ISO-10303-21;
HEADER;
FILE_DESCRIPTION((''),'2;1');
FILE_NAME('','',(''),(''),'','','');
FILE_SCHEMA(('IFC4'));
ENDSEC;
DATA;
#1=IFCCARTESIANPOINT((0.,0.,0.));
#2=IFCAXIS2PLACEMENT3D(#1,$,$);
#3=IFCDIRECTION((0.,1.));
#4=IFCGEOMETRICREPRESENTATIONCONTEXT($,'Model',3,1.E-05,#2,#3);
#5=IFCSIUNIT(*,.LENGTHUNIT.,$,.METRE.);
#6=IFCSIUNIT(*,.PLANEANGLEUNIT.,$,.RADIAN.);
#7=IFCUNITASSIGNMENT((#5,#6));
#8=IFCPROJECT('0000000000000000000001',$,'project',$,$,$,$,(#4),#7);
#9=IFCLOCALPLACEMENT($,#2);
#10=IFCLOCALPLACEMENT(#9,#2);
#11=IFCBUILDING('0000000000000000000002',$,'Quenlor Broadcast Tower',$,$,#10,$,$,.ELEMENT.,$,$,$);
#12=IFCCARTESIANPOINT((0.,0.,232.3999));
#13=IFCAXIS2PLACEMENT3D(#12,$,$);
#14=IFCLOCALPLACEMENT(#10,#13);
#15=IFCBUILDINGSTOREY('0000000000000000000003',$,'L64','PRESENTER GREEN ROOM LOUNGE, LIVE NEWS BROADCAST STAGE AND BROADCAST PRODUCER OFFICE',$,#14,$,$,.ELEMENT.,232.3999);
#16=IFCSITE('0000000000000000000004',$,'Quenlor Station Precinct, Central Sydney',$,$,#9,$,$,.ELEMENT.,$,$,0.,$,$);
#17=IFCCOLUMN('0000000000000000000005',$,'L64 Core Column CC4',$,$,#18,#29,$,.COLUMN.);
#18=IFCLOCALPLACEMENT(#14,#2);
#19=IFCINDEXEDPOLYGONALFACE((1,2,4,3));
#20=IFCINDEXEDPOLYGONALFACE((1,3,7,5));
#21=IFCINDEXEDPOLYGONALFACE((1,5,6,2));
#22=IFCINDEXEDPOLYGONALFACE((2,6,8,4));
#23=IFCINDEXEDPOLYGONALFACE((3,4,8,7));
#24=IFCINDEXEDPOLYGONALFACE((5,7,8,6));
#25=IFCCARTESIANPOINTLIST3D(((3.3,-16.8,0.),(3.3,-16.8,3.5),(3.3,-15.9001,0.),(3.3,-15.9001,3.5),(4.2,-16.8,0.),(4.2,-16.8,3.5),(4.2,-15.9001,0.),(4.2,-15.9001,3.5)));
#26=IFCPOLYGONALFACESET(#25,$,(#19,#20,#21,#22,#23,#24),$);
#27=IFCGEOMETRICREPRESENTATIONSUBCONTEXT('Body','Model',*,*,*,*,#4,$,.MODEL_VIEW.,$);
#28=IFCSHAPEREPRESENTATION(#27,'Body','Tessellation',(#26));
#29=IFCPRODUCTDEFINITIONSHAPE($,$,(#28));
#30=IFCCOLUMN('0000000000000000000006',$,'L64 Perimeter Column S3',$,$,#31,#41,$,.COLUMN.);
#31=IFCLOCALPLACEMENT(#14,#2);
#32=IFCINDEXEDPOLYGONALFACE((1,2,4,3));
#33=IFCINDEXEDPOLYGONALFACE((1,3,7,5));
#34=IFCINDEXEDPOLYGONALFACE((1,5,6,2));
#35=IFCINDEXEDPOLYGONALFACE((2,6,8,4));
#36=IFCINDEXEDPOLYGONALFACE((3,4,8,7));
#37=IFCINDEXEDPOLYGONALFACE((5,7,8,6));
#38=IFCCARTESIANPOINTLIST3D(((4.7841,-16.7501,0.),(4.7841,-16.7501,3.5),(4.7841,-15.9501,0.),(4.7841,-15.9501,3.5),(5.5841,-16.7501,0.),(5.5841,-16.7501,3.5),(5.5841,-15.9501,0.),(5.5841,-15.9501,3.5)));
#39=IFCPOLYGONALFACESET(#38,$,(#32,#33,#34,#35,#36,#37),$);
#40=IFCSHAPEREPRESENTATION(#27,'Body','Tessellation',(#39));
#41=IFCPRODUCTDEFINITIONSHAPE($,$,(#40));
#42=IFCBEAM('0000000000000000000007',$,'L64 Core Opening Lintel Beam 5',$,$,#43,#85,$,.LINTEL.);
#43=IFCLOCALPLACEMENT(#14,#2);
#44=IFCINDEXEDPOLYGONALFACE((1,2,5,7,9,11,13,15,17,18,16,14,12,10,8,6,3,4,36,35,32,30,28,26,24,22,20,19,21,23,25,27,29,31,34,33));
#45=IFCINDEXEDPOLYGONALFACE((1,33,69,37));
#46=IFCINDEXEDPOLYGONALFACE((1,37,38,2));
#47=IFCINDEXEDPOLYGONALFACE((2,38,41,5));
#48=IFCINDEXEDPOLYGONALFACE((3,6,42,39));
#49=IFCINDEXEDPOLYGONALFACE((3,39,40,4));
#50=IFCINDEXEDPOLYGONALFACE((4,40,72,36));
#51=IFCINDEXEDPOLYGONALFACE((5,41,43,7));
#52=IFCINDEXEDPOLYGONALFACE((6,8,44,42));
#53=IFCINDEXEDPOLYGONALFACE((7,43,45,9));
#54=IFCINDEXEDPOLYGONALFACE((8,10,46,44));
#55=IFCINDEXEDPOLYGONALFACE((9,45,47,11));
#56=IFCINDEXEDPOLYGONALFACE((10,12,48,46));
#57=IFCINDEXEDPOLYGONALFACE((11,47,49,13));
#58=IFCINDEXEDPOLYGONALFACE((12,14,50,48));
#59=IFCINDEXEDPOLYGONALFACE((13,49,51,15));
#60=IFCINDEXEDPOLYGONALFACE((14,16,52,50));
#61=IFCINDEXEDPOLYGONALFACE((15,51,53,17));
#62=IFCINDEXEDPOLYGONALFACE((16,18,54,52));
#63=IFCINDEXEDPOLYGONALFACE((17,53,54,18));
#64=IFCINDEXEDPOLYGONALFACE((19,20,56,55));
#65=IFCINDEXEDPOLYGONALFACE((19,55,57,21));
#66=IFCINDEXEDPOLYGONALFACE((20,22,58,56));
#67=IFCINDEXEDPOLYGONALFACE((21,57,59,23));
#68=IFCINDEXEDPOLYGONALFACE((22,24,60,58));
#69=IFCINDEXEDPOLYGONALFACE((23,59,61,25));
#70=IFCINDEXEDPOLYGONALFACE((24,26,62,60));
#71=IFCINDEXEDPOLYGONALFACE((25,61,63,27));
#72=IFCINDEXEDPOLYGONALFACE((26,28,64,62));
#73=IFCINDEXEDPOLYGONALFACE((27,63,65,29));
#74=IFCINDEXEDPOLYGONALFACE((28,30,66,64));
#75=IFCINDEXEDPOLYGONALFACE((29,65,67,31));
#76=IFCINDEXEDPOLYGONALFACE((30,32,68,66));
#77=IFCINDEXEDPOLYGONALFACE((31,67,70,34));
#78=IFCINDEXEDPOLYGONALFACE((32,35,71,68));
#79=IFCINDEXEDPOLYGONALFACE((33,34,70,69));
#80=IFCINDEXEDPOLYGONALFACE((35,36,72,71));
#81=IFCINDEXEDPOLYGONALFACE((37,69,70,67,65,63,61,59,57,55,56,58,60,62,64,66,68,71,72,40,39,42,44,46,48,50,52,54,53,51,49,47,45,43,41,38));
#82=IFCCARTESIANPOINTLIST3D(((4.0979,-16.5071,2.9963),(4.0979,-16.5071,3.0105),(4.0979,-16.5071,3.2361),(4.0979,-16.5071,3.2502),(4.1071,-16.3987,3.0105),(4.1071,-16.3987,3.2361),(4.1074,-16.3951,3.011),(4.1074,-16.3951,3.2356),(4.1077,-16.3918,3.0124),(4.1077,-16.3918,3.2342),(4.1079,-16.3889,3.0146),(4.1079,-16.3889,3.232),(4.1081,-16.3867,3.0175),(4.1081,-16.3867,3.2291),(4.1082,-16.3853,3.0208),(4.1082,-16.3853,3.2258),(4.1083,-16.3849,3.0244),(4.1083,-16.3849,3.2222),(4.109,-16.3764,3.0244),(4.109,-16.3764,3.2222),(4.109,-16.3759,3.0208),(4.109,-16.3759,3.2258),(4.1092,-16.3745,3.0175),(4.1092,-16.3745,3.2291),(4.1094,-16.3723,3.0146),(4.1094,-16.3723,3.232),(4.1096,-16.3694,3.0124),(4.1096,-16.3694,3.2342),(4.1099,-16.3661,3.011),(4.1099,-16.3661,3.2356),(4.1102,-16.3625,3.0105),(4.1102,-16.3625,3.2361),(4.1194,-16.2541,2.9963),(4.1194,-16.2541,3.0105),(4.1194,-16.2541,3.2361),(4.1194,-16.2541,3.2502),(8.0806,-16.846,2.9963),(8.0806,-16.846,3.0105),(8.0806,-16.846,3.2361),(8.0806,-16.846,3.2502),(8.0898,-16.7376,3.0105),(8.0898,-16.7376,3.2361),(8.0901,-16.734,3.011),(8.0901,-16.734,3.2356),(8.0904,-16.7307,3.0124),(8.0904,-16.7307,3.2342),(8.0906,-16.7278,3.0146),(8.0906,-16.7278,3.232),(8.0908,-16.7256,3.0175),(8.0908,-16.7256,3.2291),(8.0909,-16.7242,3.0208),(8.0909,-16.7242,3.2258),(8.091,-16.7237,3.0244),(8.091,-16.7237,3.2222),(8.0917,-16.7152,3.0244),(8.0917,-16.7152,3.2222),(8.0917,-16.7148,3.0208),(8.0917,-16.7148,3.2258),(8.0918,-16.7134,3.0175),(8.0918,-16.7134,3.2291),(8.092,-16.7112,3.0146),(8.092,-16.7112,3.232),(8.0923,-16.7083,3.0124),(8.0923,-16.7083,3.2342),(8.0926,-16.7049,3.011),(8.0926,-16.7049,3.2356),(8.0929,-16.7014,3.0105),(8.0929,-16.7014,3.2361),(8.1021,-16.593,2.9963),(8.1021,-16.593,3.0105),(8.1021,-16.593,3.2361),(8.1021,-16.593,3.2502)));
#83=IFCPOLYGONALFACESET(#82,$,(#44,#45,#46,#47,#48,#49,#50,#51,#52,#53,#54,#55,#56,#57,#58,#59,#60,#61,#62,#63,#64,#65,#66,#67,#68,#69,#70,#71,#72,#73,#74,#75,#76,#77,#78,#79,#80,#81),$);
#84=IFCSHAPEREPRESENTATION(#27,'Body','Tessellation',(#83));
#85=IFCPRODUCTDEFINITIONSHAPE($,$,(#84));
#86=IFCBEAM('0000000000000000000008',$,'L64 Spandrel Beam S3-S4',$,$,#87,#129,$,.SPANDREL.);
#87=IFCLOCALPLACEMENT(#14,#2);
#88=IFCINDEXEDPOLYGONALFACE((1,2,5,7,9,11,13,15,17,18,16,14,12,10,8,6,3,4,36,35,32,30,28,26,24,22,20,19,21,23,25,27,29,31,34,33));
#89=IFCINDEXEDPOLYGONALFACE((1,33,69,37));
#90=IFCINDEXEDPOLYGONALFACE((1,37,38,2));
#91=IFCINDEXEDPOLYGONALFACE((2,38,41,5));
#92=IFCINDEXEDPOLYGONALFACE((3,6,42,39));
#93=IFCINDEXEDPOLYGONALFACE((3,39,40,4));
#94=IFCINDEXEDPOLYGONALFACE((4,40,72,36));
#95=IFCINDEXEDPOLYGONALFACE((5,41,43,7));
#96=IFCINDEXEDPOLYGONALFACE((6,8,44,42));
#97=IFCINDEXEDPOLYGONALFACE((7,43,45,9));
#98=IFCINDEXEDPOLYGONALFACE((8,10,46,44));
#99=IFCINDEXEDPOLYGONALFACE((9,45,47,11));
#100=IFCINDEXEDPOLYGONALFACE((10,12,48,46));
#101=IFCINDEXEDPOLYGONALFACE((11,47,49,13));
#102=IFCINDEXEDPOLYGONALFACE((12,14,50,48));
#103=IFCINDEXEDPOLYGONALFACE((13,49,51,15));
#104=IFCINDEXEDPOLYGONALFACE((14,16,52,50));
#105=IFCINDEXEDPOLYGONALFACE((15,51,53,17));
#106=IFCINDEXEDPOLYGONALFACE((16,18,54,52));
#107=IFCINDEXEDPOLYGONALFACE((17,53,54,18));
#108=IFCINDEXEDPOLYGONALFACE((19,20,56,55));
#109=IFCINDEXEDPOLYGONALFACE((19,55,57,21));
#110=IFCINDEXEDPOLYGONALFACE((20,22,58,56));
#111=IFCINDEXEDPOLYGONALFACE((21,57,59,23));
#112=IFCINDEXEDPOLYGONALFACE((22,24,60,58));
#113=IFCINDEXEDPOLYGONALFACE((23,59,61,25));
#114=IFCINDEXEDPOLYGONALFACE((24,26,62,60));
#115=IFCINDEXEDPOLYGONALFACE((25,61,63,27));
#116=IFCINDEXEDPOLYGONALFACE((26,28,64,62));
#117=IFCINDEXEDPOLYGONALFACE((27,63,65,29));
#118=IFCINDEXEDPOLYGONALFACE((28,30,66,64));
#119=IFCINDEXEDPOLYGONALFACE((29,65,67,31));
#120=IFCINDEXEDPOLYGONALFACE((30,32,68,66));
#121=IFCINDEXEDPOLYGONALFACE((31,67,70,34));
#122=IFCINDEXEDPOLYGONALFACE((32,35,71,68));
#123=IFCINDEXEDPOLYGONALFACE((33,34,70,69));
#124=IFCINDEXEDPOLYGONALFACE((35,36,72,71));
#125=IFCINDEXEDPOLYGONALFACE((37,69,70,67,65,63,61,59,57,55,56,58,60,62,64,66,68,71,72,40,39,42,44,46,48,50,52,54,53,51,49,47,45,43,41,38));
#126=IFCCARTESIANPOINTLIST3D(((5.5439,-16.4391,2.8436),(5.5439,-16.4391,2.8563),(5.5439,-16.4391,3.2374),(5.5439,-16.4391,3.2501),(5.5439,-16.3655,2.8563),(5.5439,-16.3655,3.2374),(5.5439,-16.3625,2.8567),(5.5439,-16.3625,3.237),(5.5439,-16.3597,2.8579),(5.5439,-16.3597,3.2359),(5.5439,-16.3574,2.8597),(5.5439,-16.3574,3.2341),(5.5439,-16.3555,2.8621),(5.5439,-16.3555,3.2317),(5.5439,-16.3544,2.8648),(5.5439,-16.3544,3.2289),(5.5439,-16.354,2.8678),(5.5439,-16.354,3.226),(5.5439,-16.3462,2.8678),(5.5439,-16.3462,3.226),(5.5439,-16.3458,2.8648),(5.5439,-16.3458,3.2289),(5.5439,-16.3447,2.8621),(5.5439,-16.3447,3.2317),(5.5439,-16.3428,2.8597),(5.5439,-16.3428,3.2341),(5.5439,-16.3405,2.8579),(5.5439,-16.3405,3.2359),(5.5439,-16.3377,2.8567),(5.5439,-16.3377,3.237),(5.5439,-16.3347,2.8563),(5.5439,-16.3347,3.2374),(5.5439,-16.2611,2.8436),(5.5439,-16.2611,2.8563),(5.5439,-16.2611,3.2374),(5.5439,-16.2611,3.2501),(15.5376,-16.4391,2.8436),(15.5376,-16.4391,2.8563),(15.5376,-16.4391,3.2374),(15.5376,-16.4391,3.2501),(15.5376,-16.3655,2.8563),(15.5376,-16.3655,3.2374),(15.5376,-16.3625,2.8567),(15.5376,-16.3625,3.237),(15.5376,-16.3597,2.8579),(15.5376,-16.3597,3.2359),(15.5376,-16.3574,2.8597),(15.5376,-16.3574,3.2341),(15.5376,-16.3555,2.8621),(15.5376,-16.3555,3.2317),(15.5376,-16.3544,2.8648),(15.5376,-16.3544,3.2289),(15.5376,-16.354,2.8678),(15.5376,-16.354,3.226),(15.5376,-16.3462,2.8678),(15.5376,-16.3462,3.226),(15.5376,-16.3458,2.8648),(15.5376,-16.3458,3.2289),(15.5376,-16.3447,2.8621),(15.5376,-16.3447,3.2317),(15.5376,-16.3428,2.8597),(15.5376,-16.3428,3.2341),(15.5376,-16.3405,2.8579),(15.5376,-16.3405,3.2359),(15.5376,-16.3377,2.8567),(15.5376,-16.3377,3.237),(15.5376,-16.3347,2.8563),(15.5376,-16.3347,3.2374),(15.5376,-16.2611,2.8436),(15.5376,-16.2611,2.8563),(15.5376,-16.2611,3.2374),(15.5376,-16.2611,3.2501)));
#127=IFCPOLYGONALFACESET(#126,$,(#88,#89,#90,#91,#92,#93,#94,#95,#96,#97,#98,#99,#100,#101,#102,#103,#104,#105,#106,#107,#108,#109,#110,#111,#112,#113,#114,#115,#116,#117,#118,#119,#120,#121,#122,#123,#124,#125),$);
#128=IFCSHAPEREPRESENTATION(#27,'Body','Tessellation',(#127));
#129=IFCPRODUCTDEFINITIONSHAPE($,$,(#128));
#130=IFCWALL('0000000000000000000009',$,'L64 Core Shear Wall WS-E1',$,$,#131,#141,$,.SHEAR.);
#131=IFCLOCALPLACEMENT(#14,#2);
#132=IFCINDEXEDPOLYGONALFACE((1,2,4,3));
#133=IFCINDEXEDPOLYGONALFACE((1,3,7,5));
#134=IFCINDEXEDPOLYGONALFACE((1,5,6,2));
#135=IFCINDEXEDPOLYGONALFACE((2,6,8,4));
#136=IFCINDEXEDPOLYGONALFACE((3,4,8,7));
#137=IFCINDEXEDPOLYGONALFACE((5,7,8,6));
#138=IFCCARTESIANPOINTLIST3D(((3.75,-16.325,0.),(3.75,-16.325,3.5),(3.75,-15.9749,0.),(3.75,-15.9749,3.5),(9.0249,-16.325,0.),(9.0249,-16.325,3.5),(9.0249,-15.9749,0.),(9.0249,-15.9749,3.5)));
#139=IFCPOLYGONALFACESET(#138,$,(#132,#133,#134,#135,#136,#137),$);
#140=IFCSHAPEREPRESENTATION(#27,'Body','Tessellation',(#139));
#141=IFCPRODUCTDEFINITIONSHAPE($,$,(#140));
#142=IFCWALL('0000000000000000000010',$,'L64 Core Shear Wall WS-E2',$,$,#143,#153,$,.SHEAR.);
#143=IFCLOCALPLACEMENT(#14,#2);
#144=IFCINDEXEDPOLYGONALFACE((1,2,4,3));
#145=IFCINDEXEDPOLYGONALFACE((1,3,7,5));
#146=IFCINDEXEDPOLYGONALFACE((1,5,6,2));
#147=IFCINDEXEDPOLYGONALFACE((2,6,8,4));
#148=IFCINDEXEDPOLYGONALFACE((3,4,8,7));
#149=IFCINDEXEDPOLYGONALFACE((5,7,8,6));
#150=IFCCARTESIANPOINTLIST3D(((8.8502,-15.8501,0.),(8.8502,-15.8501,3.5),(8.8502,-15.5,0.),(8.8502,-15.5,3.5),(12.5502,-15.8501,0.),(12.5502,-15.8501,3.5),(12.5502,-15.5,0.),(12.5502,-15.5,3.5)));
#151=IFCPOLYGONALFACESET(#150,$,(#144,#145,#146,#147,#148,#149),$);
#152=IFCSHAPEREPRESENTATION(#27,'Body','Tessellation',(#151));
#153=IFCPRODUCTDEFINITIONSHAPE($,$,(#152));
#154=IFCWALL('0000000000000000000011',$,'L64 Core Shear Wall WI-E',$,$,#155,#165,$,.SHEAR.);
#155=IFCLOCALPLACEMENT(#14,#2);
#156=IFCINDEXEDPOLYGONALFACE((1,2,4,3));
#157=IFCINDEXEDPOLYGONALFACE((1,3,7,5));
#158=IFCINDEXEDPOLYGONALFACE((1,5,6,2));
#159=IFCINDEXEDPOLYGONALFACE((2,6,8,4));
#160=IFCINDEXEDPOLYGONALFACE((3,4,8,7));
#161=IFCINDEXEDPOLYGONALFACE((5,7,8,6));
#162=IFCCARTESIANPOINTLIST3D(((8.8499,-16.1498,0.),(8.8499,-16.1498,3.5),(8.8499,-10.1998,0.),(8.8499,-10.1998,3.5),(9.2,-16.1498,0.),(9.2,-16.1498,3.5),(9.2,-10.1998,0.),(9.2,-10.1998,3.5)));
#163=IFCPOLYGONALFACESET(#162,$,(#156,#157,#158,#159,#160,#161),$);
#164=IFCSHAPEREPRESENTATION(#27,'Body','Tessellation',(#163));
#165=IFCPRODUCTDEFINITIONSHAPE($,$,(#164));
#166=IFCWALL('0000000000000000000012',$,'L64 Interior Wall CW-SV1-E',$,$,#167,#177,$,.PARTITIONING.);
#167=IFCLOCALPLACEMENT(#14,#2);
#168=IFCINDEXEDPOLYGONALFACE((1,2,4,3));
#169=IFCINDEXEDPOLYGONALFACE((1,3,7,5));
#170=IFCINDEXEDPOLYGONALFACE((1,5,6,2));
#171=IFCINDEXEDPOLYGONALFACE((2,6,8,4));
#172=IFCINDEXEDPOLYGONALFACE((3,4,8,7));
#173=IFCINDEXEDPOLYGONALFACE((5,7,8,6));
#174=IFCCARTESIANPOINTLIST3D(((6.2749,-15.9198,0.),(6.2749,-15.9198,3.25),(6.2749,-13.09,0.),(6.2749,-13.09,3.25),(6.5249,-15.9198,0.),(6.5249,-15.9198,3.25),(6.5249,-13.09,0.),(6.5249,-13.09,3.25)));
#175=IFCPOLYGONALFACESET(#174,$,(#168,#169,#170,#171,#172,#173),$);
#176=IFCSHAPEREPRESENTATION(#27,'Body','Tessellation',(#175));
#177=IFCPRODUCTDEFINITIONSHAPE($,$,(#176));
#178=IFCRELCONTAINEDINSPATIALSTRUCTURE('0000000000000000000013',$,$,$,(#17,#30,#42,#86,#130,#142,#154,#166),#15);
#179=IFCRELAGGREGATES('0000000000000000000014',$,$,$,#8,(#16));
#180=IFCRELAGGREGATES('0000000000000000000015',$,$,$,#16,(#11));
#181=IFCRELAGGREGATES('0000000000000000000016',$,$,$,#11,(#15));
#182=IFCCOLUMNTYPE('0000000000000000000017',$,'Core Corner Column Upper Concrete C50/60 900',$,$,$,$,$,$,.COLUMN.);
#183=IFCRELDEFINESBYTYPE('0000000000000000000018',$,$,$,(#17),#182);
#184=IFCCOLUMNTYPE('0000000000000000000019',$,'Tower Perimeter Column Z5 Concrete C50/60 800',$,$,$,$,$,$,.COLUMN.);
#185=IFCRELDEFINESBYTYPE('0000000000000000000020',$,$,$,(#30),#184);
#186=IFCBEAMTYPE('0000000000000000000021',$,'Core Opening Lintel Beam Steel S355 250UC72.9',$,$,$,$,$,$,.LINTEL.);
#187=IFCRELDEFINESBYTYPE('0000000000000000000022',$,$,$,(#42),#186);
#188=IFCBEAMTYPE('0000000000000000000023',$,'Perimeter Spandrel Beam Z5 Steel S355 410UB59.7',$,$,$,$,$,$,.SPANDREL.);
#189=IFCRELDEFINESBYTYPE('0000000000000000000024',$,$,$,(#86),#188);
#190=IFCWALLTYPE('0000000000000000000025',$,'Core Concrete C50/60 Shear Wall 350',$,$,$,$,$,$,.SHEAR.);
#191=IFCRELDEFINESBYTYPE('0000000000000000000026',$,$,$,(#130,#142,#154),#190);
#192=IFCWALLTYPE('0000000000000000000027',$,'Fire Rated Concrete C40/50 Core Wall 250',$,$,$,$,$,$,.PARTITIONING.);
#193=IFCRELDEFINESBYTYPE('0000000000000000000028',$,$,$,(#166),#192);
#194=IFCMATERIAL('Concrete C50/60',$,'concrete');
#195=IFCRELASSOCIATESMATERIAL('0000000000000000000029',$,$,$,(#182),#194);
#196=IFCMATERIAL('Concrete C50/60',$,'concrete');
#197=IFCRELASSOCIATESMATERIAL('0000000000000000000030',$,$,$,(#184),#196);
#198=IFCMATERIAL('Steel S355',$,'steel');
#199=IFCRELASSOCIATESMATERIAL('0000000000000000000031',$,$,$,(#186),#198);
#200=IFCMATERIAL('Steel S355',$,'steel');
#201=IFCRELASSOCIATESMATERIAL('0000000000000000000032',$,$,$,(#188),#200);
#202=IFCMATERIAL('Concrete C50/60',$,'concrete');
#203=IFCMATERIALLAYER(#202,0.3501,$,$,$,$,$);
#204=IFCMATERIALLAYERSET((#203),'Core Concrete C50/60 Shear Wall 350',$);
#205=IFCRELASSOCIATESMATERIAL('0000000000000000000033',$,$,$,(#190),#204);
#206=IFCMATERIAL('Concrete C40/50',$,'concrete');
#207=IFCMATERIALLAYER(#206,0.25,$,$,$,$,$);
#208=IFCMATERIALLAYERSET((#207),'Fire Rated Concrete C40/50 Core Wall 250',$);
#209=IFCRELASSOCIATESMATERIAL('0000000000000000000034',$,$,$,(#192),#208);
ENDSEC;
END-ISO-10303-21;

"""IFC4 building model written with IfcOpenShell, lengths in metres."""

from ifc_helpers import new_model, si_unit, direction, frame, frame_2d, origin, origin_2d, place, context, subcontext, project, spatial, rectangle, i_section, extrude, material, layer, layer_set, material_profile, profile_set, type_object, element, save


model = new_model("IFC4")

# Units and contexts
model_context = context("Model", 3, precision=1e-05, world=origin(), true_north=direction((0.0, 1.0)))
body_context = subcontext(model_context, "Body", "Model", "MODEL_VIEW")
ifc_project = project(units=[si_unit("LENGTHUNIT", "METRE"), si_unit("PLANEANGLEUNIT", "RADIAN")], contexts=[model_context])

# Site, building, storey
site_placement = place(None, origin())
site = spatial("IfcSite", under=ifc_project, at=site_placement, Name="Quenlor Station Precinct, Central Sydney", CompositionType="ELEMENT", RefElevation=0.0)
building_placement = place(site_placement, origin())
building = spatial("IfcBuilding", under=site, at=building_placement, Name="Quenlor Broadcast Tower", CompositionType="ELEMENT")
storey_placement = place(building_placement, frame((0.0, 0.0, 232.3999)))
storey = spatial("IfcBuildingStorey", under=building, at=storey_placement, Name="L64", Description="PRESENTER GREEN ROOM LOUNGE, LIVE NEWS BROADCAST STAGE AND BROADCAST PRODUCER OFFICE", CompositionType="ELEMENT", Elevation=232.3999)

# Columns
ifc_material_1 = material(Name="Concrete C50/60", Category="concrete")
ifc_material_profile_1 = material_profile(ifc_material_1, rectangle(XDim=0.8999, YDim=0.8999, at=origin_2d()))
ifc_profile_set_1 = profile_set([ifc_material_profile_1], Name="Concrete C50/60 RC900x900")
column_type_1 = type_object("IfcColumnType", Name="Core Corner Column Upper Concrete C50/60 900", PredefinedType="COLUMN", material=ifc_profile_set_1)
column_1_placement = place(storey_placement, frame((3.75, -16.3501, 0.0), z_axis=(0.0, 0.0, 1.0), x_axis=(1.0, 0.0, 0.0)))
element("IfcColumn", 1, at=column_1_placement, inside=storey, type_object=column_type_1, Name="L64 Core Column CC4", PredefinedType="COLUMN", context=body_context, shape_type="SweptSolid", body=[
    extrude(rectangle(XDim=0.8999, YDim=0.8999, at=origin_2d()), origin(), (0.0, 0.0, 1.0), 3.5),
])
ifc_material_2 = material(Name="Concrete C50/60", Category="concrete")
ifc_material_profile_2 = material_profile(ifc_material_2, rectangle(XDim=0.8, YDim=0.8, at=origin_2d()))
ifc_profile_set_2 = profile_set([ifc_material_profile_2], Name="Concrete C50/60 RC800x800")
column_type_2 = type_object("IfcColumnType", Name="Tower Perimeter Column Z5 Concrete C50/60 800", PredefinedType="COLUMN", material=ifc_profile_set_2)
column_2_placement = place(storey_placement, frame((5.1841, -16.3501, 0.0), z_axis=(0.0, 0.0, 1.0), x_axis=(0.0, 1.0, 0.0)))
element("IfcColumn", 2, at=column_2_placement, inside=storey, type_object=column_type_2, Name="L64 Perimeter Column S3", PredefinedType="COLUMN", context=body_context, shape_type="SweptSolid", body=[
    extrude(rectangle(XDim=0.8, YDim=0.8, at=origin_2d()), origin(), (0.0, 0.0, 1.0), 3.5),
])

# Beams
ifc_material_3 = material(Name="Steel S355", Category="steel")
ifc_material_profile_3 = material_profile(ifc_material_3, i_section(OverallWidth=0.2539, OverallDepth=0.2539, WebThickness=0.0085, FlangeThickness=0.0142, FilletRadius=0.0139, at=origin_2d()))
ifc_profile_set_3 = profile_set([ifc_material_profile_3], Name="Steel S355 250UC72.9")
beam_type_1 = type_object("IfcBeamType", Name="Core Opening Lintel Beam Steel S355 250UC72.9", PredefinedType="LINTEL", material=ifc_profile_set_3)
beam_1_placement = place(storey_placement, frame((4.1086, -16.3806, 3.1233), z_axis=(0.9964, -0.084779, 0.0), x_axis=(0.084779, 0.9964, 0.0)))
element("IfcBeam", 3, at=beam_1_placement, inside=storey, type_object=beam_type_1, Name="L64 Core Opening Lintel Beam 5", PredefinedType="LINTEL", context=body_context, shape_type="SweptSolid", body=[
    extrude(i_section(OverallWidth=0.2539, OverallDepth=0.2539, WebThickness=0.0085, FlangeThickness=0.0142, FilletRadius=0.0139, at=origin_2d()), origin(), (0.0, 0.0, 1.0), 3.9971),
])
ifc_material_4 = material(Name="Steel S355", Category="steel")
ifc_material_profile_4 = material_profile(ifc_material_4, i_section(OverallWidth=0.178, OverallDepth=0.4065, WebThickness=0.0078, FlangeThickness=0.0127, FilletRadius=0.0115, at=origin_2d()))
ifc_profile_set_4 = profile_set([ifc_material_profile_4], Name="Steel S355 410UB59.7")
beam_type_2 = type_object("IfcBeamType", Name="Perimeter Spandrel Beam Z5 Steel S355 410UB59.7", PredefinedType="SPANDREL", material=ifc_profile_set_4)
beam_2_placement = place(storey_placement, frame((5.5439, -16.3501, 3.0469), z_axis=(1.0, 0.0, 0.0), x_axis=(0.0, 1.0, 0.0)))
element("IfcBeam", 4, at=beam_2_placement, inside=storey, type_object=beam_type_2, Name="L64 Spandrel Beam S3-S4", PredefinedType="SPANDREL", context=body_context, shape_type="SweptSolid", body=[
    extrude(i_section(OverallWidth=0.178, OverallDepth=0.4065, WebThickness=0.0078, FlangeThickness=0.0127, FilletRadius=0.0115, at=origin_2d()), origin(), (0.0, 0.0, 1.0), 9.9937),
])

# Walls
ifc_material_5 = material(Name="Concrete C50/60", Category="concrete")
ifc_layer_1 = layer(ifc_material_5, 0.3501)
ifc_layer_set_1 = layer_set([ifc_layer_1], Name="Core Concrete C50/60 Shear Wall 350")
wall_type_1 = type_object("IfcWallType", Name="Core Concrete C50/60 Shear Wall 350", PredefinedType="SHEAR", material=ifc_layer_set_1)
wall_1_placement = place(storey_placement, frame((3.75, -16.1499, 0.0), z_axis=(0.0, 0.0, 1.0), x_axis=(1.0, 0.0, 0.0)))
element("IfcWall", 5, at=wall_1_placement, inside=storey, type_object=wall_type_1, Name="L64 Core Shear Wall WS-E1", PredefinedType="SHEAR", context=body_context, shape_type="SweptSolid", body=[
    extrude(rectangle(XDim=5.2749, YDim=0.3501, at=frame_2d((2.6375, 0.0))), origin(), (0.0, 0.0, 1.0), 3.5),
])
wall_2_placement = place(storey_placement, frame((8.8501, -15.675, 0.0), z_axis=(0.0, 0.0, 1.0), x_axis=(1.0, 0.0, 0.0)))
element("IfcWall", 6, at=wall_2_placement, inside=storey, type_object=wall_type_1, Name="L64 Core Shear Wall WS-E2", PredefinedType="SHEAR", context=body_context, shape_type="SweptSolid", body=[
    extrude(rectangle(XDim=3.7, YDim=0.3501, at=frame_2d((1.8501, 0.0))), origin(), (0.0, 0.0, 1.0), 3.5),
])
wall_3_placement = place(storey_placement, frame((9.0249, -16.1499, 0.0), z_axis=(0.0, 0.0, 1.0), x_axis=(0.0, 1.0, 0.0)))
element("IfcWall", 7, at=wall_3_placement, inside=storey, type_object=wall_type_1, Name="L64 Core Shear Wall WI-E", PredefinedType="SHEAR", context=body_context, shape_type="SweptSolid", body=[
    extrude(rectangle(XDim=5.95, YDim=0.3501, at=frame_2d((2.9751, 0.0))), origin(), (0.0, 0.0, 1.0), 3.5),
])

# Shared definitions
ifc_material_6 = material(Name="Concrete C40/50", Category="concrete")
ifc_layer_2 = layer(ifc_material_6, 0.25)
ifc_layer_set_2 = layer_set([ifc_layer_2], Name="Fire Rated Concrete C40/50 Core Wall 250")
wall_type_2 = type_object("IfcWallType", Name="Fire Rated Concrete C40/50 Core Wall 250", PredefinedType="PARTITIONING", material=ifc_layer_set_2)

# Wall
wall_4_placement = place(storey_placement, frame((6.3999, -15.9199, 0.0), z_axis=(0.0, 0.0, 1.0), x_axis=(0.0, 1.0, 0.0)))
element("IfcWall", 8, at=wall_4_placement, inside=storey, type_object=wall_type_2, Name="L64 Interior Wall CW-SV1-E", PredefinedType="PARTITIONING", context=body_context, shape_type="SweptSolid", body=[
    extrude(rectangle(XDim=2.8298, YDim=0.25, at=frame_2d((1.415, 0.0))), origin(), (0.0, 0.0, 1.0), 3.25),
])

save(model, "model.ifc")
